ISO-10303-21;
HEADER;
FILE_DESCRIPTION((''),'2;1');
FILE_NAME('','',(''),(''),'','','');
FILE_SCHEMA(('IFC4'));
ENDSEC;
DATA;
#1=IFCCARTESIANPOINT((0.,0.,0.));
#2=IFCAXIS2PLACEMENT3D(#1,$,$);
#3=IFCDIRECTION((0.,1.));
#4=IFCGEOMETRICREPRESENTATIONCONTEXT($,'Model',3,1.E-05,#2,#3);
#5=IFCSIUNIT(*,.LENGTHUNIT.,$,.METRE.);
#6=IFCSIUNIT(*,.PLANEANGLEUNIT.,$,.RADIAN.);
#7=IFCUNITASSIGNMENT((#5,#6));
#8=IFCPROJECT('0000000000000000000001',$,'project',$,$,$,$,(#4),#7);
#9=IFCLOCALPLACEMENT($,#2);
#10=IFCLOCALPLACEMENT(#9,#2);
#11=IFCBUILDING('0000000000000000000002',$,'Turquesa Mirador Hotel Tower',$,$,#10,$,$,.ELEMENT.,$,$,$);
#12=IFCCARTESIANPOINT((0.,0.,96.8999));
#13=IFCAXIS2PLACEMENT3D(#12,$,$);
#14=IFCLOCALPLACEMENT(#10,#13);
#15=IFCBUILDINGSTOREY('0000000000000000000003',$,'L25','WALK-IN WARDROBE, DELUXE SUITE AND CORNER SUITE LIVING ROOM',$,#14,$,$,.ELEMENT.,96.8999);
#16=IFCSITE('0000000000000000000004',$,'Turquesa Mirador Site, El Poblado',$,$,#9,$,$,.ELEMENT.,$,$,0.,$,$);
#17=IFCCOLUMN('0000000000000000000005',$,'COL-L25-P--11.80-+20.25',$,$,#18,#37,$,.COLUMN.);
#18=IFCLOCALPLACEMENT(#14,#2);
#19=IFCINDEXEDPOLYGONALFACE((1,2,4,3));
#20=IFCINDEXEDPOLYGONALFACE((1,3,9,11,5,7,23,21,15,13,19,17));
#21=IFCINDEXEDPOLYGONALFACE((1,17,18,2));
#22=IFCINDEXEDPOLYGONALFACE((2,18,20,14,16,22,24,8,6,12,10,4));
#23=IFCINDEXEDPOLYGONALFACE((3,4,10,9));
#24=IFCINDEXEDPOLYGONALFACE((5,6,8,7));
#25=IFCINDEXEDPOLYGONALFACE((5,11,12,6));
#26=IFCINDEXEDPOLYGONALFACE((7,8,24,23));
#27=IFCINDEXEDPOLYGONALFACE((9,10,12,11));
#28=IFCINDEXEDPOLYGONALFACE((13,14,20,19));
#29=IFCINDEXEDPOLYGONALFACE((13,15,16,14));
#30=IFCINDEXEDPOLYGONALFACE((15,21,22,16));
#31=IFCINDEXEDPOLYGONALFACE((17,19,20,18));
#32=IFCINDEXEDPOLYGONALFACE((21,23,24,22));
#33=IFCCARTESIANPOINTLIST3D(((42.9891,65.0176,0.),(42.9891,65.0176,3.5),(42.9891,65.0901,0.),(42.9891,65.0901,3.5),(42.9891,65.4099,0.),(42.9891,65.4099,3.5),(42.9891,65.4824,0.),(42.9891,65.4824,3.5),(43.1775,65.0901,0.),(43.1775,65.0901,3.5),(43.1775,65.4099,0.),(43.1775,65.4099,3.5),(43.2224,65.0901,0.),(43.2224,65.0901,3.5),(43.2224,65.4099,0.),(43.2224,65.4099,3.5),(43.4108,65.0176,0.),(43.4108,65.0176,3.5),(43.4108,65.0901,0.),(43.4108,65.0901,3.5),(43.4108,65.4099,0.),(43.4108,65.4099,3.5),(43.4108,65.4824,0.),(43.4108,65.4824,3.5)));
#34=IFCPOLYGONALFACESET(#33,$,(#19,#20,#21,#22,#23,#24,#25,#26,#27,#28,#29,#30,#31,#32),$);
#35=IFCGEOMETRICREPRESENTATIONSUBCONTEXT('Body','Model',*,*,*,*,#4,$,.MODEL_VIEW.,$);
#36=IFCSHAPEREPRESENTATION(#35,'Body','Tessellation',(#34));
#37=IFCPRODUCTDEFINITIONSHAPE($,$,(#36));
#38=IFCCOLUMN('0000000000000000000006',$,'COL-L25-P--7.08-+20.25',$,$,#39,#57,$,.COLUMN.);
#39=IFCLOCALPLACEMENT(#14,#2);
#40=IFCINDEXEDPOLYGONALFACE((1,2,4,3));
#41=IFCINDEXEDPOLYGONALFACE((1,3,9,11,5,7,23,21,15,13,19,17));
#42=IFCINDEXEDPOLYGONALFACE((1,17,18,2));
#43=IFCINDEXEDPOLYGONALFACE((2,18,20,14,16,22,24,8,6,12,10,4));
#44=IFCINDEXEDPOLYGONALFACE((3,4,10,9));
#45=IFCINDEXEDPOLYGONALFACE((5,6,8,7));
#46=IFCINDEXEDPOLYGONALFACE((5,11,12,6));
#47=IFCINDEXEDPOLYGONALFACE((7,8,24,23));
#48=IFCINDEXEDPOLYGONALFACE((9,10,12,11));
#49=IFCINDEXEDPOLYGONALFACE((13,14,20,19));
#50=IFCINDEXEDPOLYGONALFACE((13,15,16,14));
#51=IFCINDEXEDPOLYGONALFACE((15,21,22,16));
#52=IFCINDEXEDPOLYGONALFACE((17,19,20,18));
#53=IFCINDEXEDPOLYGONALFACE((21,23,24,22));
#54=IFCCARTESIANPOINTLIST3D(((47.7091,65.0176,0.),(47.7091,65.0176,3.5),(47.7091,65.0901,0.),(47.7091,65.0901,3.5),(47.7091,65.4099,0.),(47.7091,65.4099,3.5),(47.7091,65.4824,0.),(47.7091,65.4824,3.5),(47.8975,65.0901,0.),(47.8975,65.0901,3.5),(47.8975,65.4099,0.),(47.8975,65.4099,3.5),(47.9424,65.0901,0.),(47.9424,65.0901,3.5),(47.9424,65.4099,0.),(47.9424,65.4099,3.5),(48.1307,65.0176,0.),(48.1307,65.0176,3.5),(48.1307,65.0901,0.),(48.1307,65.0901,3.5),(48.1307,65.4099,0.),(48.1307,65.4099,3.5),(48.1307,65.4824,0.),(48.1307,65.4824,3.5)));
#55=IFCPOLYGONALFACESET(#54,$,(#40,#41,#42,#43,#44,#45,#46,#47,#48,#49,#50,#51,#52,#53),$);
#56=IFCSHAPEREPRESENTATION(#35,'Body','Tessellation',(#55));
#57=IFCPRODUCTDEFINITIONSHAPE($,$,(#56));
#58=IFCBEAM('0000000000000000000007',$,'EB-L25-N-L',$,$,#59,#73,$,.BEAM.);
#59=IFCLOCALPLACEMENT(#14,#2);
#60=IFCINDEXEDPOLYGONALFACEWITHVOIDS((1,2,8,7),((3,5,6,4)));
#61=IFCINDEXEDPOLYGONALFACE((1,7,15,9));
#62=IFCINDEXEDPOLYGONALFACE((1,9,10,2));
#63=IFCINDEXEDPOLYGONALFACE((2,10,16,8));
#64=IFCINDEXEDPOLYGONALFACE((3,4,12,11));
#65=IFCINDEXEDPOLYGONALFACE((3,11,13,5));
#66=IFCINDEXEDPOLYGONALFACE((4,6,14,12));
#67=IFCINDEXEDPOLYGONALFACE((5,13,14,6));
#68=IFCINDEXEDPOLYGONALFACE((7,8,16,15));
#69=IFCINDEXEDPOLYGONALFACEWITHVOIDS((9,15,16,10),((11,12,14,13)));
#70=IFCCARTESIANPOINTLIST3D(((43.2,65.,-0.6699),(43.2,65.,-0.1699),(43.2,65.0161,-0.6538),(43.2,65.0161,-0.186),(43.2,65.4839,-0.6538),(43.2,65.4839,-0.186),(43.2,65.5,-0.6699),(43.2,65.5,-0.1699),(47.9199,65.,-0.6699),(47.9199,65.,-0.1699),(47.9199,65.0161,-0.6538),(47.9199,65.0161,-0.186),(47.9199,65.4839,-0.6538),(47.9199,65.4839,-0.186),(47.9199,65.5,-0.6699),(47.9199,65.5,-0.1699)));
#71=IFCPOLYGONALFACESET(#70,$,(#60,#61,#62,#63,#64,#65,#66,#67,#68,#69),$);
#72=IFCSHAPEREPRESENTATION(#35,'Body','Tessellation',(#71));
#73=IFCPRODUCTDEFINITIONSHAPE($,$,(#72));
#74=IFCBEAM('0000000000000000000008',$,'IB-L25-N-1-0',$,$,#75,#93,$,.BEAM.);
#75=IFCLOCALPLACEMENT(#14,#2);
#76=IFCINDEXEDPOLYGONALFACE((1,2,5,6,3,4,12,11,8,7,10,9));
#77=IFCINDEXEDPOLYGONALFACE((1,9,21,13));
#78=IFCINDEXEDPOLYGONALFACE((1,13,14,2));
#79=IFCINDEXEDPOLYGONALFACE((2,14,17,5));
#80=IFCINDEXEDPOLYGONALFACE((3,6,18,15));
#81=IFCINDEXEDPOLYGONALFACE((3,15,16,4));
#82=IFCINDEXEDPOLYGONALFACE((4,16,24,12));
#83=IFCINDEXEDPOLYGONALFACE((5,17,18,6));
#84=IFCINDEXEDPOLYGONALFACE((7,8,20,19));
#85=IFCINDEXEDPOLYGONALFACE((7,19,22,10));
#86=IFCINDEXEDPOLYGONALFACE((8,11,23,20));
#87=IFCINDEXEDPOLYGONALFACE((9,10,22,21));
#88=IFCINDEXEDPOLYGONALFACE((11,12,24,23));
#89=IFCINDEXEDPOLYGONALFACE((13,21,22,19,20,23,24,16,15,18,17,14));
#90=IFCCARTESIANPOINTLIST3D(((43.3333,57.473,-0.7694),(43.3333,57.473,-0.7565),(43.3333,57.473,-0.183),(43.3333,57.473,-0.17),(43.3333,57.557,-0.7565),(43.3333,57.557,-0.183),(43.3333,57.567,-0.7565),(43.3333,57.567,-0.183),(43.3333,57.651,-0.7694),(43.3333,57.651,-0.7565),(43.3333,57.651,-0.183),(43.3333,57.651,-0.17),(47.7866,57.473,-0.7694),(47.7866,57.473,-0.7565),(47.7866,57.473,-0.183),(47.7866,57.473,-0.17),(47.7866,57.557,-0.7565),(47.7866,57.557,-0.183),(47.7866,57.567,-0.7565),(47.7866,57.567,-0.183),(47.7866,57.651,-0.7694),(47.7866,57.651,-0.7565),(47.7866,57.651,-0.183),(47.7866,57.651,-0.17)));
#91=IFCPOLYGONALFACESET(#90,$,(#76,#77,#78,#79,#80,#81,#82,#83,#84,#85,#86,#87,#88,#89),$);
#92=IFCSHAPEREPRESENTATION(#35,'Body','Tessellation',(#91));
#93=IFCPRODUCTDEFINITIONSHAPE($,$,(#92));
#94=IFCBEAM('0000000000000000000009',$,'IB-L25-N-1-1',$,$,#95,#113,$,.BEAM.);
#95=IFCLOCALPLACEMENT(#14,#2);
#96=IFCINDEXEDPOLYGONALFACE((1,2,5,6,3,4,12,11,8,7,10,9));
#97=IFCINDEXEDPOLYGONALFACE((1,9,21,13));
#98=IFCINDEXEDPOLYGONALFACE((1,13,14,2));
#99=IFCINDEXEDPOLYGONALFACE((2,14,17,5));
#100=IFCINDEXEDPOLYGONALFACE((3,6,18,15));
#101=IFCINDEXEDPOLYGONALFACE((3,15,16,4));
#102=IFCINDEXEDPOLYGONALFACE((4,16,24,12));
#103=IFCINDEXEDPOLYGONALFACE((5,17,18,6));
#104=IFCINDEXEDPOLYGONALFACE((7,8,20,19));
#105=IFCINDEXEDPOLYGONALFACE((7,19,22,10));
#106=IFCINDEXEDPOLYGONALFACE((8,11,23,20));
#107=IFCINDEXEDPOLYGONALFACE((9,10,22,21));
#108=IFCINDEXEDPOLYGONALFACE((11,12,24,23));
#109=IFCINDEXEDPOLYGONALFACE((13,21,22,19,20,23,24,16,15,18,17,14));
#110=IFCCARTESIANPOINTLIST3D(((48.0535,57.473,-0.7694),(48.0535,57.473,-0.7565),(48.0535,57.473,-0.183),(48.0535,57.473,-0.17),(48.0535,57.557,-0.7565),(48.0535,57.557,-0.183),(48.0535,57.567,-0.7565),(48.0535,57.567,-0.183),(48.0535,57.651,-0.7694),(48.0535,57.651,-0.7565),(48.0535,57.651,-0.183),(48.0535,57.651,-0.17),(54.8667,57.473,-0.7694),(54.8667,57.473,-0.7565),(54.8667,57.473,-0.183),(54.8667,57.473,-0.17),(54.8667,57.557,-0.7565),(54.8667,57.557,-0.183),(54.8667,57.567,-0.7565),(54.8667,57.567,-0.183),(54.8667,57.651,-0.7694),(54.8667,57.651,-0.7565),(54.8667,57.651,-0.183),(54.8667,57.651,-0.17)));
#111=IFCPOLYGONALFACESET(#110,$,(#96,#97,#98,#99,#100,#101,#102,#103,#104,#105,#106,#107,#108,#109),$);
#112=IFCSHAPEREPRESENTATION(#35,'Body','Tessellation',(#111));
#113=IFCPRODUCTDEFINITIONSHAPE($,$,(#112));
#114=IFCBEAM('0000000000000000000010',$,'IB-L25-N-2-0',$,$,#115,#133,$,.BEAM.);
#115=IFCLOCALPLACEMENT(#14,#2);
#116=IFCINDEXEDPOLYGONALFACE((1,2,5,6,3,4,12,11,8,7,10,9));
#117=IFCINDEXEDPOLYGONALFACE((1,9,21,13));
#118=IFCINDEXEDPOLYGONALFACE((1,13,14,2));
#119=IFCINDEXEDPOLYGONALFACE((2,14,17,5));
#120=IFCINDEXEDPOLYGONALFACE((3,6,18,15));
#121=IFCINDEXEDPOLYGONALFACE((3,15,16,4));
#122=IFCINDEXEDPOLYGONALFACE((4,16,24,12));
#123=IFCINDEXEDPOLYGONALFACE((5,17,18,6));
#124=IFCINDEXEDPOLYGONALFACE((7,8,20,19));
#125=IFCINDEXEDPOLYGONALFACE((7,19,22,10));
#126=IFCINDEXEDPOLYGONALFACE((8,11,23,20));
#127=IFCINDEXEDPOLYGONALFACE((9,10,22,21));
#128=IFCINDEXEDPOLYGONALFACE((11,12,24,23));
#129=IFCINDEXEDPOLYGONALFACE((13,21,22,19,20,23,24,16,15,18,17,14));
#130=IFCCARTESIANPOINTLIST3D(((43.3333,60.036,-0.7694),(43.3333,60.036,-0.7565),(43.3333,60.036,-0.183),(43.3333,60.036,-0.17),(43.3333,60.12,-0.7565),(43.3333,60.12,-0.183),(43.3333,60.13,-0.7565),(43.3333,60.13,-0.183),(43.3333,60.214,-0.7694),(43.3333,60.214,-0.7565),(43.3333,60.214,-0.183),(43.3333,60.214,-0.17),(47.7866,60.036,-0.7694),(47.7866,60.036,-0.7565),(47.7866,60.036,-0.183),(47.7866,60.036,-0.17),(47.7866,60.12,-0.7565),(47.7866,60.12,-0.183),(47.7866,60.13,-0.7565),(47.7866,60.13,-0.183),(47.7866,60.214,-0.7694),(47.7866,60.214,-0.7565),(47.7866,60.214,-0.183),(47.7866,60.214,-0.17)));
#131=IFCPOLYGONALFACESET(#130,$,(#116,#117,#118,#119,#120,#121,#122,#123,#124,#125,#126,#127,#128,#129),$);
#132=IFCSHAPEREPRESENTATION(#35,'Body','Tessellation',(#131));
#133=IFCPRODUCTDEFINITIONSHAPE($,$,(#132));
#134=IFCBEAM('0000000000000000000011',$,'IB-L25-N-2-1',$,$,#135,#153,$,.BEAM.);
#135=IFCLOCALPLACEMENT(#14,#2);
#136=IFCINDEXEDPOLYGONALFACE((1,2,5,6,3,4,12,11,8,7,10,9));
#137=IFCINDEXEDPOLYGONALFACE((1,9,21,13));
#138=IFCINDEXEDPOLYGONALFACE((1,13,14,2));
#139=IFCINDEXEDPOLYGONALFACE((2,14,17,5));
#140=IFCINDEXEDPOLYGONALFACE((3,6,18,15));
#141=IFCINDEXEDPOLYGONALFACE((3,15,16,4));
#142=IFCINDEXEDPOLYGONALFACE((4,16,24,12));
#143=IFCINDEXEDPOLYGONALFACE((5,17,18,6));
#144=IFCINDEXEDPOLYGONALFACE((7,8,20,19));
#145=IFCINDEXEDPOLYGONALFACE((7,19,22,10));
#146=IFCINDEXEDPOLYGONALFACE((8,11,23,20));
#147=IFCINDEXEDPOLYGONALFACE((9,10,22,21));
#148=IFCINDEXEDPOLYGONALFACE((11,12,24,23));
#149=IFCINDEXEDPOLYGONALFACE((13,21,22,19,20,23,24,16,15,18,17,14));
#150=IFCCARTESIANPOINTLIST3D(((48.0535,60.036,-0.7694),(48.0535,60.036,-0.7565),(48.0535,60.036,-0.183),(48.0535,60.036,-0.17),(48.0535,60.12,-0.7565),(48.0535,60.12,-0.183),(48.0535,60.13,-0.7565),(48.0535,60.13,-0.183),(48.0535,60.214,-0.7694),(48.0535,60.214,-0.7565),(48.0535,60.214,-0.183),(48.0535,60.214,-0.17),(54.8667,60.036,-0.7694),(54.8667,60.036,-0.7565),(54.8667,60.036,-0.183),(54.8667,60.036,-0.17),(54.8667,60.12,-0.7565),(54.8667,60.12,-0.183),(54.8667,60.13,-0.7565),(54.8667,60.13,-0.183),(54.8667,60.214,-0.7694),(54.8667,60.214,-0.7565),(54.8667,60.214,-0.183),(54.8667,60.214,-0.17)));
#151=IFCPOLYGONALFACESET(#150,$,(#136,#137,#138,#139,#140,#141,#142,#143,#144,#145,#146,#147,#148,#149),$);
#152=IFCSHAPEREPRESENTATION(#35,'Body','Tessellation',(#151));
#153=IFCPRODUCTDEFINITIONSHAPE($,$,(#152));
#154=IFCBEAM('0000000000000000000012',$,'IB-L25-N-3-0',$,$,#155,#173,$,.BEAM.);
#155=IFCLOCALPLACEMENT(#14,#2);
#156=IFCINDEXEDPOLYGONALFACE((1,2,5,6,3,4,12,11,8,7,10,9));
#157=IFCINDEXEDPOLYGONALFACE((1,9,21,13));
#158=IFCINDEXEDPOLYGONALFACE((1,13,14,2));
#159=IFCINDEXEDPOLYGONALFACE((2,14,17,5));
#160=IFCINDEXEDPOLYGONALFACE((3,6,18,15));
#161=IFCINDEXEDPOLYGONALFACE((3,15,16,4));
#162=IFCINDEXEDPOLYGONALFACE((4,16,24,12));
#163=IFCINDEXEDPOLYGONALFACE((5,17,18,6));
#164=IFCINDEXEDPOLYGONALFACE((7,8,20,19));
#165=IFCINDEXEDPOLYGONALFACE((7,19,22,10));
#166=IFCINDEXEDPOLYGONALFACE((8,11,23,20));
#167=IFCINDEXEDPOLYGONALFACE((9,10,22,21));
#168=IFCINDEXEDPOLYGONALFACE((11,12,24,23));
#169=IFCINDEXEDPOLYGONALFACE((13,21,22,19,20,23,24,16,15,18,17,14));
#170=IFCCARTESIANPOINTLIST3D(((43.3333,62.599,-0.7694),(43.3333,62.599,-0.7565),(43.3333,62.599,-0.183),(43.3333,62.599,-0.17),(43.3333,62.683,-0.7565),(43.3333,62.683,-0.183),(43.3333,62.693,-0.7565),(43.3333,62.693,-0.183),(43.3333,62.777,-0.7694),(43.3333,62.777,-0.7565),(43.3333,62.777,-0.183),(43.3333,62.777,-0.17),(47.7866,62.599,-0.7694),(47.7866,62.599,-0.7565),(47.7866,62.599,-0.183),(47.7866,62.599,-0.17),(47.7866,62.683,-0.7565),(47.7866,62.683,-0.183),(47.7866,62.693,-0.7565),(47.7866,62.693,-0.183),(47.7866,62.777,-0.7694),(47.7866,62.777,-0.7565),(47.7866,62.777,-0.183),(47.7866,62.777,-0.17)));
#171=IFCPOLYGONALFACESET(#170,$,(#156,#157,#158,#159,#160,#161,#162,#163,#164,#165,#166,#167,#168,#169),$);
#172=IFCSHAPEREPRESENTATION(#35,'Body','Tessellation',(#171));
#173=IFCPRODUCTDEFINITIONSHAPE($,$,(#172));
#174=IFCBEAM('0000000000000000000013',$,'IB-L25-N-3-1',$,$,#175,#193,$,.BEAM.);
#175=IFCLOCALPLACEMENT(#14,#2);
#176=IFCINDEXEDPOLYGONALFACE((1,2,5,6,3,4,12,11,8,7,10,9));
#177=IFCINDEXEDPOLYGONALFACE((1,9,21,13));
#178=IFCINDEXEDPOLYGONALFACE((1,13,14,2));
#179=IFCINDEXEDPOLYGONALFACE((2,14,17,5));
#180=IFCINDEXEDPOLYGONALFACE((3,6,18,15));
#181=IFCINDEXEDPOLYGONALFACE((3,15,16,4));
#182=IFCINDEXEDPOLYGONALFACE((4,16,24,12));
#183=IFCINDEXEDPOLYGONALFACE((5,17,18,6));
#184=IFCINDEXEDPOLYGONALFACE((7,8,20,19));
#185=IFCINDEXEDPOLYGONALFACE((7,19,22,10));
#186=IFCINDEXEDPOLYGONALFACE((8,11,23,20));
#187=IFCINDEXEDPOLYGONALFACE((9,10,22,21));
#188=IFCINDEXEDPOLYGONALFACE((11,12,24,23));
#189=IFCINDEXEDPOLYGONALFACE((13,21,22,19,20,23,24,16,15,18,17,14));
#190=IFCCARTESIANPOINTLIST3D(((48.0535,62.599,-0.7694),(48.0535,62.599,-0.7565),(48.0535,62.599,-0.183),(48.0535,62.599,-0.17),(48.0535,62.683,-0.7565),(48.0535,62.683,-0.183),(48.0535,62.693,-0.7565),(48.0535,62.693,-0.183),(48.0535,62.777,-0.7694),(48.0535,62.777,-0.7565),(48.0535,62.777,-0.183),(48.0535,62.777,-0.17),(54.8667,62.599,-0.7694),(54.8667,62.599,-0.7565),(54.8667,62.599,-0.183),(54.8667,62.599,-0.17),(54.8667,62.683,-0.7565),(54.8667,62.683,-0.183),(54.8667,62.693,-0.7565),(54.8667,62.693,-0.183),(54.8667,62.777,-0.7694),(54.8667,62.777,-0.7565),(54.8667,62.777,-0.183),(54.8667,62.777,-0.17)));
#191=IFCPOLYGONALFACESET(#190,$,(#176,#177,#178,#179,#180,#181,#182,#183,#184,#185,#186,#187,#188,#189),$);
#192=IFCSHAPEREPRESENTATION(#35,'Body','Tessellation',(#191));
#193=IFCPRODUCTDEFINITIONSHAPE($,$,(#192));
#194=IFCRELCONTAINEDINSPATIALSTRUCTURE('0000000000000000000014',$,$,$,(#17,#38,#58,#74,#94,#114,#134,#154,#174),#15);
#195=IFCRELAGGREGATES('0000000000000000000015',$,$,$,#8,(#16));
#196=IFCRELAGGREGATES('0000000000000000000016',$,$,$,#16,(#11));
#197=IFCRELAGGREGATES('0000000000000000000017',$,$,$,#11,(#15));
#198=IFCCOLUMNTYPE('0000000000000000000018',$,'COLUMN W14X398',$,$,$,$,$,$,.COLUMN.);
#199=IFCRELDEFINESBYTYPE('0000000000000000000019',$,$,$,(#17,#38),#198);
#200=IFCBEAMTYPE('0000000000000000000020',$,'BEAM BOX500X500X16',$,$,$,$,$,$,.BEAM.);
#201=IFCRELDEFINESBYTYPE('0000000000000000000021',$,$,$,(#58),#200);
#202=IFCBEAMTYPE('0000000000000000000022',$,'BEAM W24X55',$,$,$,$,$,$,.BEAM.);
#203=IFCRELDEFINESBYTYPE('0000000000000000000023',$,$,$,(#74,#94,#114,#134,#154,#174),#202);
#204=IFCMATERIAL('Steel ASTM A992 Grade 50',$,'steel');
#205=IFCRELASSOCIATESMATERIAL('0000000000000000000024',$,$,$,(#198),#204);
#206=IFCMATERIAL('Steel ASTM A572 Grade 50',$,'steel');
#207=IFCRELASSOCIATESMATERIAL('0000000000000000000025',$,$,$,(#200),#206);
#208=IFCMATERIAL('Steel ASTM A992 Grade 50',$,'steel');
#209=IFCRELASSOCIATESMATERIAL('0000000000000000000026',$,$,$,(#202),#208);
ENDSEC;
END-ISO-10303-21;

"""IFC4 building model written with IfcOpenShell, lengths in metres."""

from ifc_helpers import new_model, si_unit, direction, frame, origin, origin_2d, place, context, subcontext, project, spatial, hollow_rectangle, i_section, extrude, material, material_profile, profile_set, type_object, element, save


model = new_model("IFC4")

# Units and contexts
model_context = context("Model", 3, precision=1e-05, world=origin(), true_north=direction((0.0, 1.0)))
body_context = subcontext(model_context, "Body", "Model", "MODEL_VIEW")
ifc_project = project(units=[si_unit("LENGTHUNIT", "METRE"), si_unit("PLANEANGLEUNIT", "RADIAN")], contexts=[model_context])

# Site, building, storey
site_placement = place(None, origin())
site = spatial("IfcSite", under=ifc_project, at=site_placement, Name="Turquesa Mirador Site, El Poblado", CompositionType="ELEMENT", RefElevation=0.0)
building_placement = place(site_placement, origin())
building = spatial("IfcBuilding", under=site, at=building_placement, Name="Turquesa Mirador Hotel Tower", CompositionType="ELEMENT")
storey_placement = place(building_placement, frame((0.0, 0.0, 96.8999)))
storey = spatial("IfcBuildingStorey", under=building, at=storey_placement, Name="L25", Description="WALK-IN WARDROBE, DELUXE SUITE AND CORNER SUITE LIVING ROOM", CompositionType="ELEMENT", Elevation=96.8999)

# Columns
ifc_material_1 = material(Name="Steel ASTM A992 Grade 50", Category="steel")
ifc_material_profile_1 = material_profile(ifc_material_1, i_section(OverallWidth=0.4216, OverallDepth=0.4648, WebThickness=0.0449, FlangeThickness=0.0725, at=origin_2d()), Name="W14X398")
ifc_profile_set_1 = profile_set([ifc_material_profile_1], Name="Steel ASTM A992 Grade 50")
column_type = type_object("IfcColumnType", Name="COLUMN W14X398", PredefinedType="COLUMN", material=ifc_profile_set_1)
for number, where, z_axis, x_axis, name in (
    (1, (43.2, 65.25, 0.0), (0.0, 0.0, 1.0), (1.0, 0.0, 0.0), "COL-L25-P--11.80-+20.25"),
    (2, (47.9199, 65.25, 0.0), (0.0, 0.0, 1.0), (1.0, 0.0, 0.0), "COL-L25-P--7.08-+20.25"),
):
    element("IfcColumn", number, at=place(storey_placement, frame(where, z_axis=z_axis, x_axis=x_axis)), inside=storey, type_object=column_type, Name=name, PredefinedType="COLUMN", context=body_context, shape_type="SweptSolid", body=[
        extrude(i_section(OverallWidth=0.4216, OverallDepth=0.4648, WebThickness=0.0449, FlangeThickness=0.0725, at=origin_2d()), origin(), (0.0, 0.0, 1.0), 3.5),
    ])

# Beams
ifc_material_2 = material(Name="Steel ASTM A572 Grade 50", Category="steel")
ifc_material_profile_2 = material_profile(ifc_material_2, hollow_rectangle(XDim=0.5, YDim=0.5, WallThickness=0.0161, at=origin_2d()), Name="BOX500X500X16")
ifc_profile_set_2 = profile_set([ifc_material_profile_2], Name="Steel ASTM A572 Grade 50")
beam_type_1 = type_object("IfcBeamType", Name="BEAM BOX500X500X16", PredefinedType="BEAM", material=ifc_profile_set_2)
beam_1_placement = place(storey_placement, frame((43.2, 65.25, -0.4199), z_axis=(1.0, 0.0, 0.0), x_axis=(0.0, 1.0, 0.0)))
element("IfcBeam", 3, at=beam_1_placement, inside=storey, type_object=beam_type_1, Name="EB-L25-N-L", PredefinedType="BEAM", context=body_context, shape_type="SweptSolid", body=[
    extrude(hollow_rectangle(XDim=0.5, YDim=0.5, WallThickness=0.0161, at=origin_2d()), origin(), (0.0, 0.0, 1.0), 4.72),
])
ifc_material_3 = material(Name="Steel ASTM A992 Grade 50", Category="steel")
ifc_material_profile_3 = material_profile(ifc_material_3, i_section(OverallWidth=0.178, OverallDepth=0.5994, WebThickness=0.01, FlangeThickness=0.0129, at=origin_2d()), Name="W24X55")
ifc_profile_set_3 = profile_set([ifc_material_profile_3], Name="Steel ASTM A992 Grade 50")
beam_type_2 = type_object("IfcBeamType", Name="BEAM W24X55", PredefinedType="BEAM", material=ifc_profile_set_3)
beam_2_placement = place(storey_placement, frame((43.3333, 57.562, -0.4697), z_axis=(1.0, 0.0, 0.0), x_axis=(0.0, 1.0, 0.0)))
element("IfcBeam", 4, at=beam_2_placement, inside=storey, type_object=beam_type_2, Name="IB-L25-N-1-0", PredefinedType="BEAM", context=body_context, shape_type="SweptSolid", body=[
    extrude(i_section(OverallWidth=0.178, OverallDepth=0.5994, WebThickness=0.01, FlangeThickness=0.0129, at=origin_2d()), origin(), (0.0, 0.0, 1.0), 4.4534),
])
beam_3_placement = place(storey_placement, frame((48.0535, 57.562, -0.4697), z_axis=(1.0, 0.0, 0.0), x_axis=(0.0, 1.0, 0.0)))
element("IfcBeam", 5, at=beam_3_placement, inside=storey, type_object=beam_type_2, Name="IB-L25-N-1-1", PredefinedType="BEAM", context=body_context, shape_type="SweptSolid", body=[
    extrude(i_section(OverallWidth=0.178, OverallDepth=0.5994, WebThickness=0.01, FlangeThickness=0.0129, at=origin_2d()), origin(), (0.0, 0.0, 1.0), 6.8132),
])
beam_4_placement = place(storey_placement, frame((43.3333, 60.125, -0.4697), z_axis=(1.0, 0.0, 0.0), x_axis=(0.0, 1.0, 0.0)))
element("IfcBeam", 6, at=beam_4_placement, inside=storey, type_object=beam_type_2, Name="IB-L25-N-2-0", PredefinedType="BEAM", context=body_context, shape_type="SweptSolid", body=[
    extrude(i_section(OverallWidth=0.178, OverallDepth=0.5994, WebThickness=0.01, FlangeThickness=0.0129, at=origin_2d()), origin(), (0.0, 0.0, 1.0), 4.4534),
])
beam_5_placement = place(storey_placement, frame((48.0535, 60.125, -0.4697), z_axis=(1.0, 0.0, 0.0), x_axis=(0.0, 1.0, 0.0)))
element("IfcBeam", 7, at=beam_5_placement, inside=storey, type_object=beam_type_2, Name="IB-L25-N-2-1", PredefinedType="BEAM", context=body_context, shape_type="SweptSolid", body=[
    extrude(i_section(OverallWidth=0.178, OverallDepth=0.5994, WebThickness=0.01, FlangeThickness=0.0129, at=origin_2d()), origin(), (0.0, 0.0, 1.0), 6.8132),
])
beam_6_placement = place(storey_placement, frame((43.3333, 62.688, -0.4697), z_axis=(1.0, 0.0, 0.0), x_axis=(0.0, 1.0, 0.0)))
element("IfcBeam", 8, at=beam_6_placement, inside=storey, type_object=beam_type_2, Name="IB-L25-N-3-0", PredefinedType="BEAM", context=body_context, shape_type="SweptSolid", body=[
    extrude(i_section(OverallWidth=0.178, OverallDepth=0.5994, WebThickness=0.01, FlangeThickness=0.0129, at=origin_2d()), origin(), (0.0, 0.0, 1.0), 4.4534),
])
beam_7_placement = place(storey_placement, frame((48.0535, 62.688, -0.4697), z_axis=(1.0, 0.0, 0.0), x_axis=(0.0, 1.0, 0.0)))
element("IfcBeam", 9, at=beam_7_placement, inside=storey, type_object=beam_type_2, Name="IB-L25-N-3-1", PredefinedType="BEAM", context=body_context, shape_type="SweptSolid", body=[
    extrude(i_section(OverallWidth=0.178, OverallDepth=0.5994, WebThickness=0.01, FlangeThickness=0.0129, at=origin_2d()), origin(), (0.0, 0.0, 1.0), 6.8132),
])

save(model, "model.ifc")
